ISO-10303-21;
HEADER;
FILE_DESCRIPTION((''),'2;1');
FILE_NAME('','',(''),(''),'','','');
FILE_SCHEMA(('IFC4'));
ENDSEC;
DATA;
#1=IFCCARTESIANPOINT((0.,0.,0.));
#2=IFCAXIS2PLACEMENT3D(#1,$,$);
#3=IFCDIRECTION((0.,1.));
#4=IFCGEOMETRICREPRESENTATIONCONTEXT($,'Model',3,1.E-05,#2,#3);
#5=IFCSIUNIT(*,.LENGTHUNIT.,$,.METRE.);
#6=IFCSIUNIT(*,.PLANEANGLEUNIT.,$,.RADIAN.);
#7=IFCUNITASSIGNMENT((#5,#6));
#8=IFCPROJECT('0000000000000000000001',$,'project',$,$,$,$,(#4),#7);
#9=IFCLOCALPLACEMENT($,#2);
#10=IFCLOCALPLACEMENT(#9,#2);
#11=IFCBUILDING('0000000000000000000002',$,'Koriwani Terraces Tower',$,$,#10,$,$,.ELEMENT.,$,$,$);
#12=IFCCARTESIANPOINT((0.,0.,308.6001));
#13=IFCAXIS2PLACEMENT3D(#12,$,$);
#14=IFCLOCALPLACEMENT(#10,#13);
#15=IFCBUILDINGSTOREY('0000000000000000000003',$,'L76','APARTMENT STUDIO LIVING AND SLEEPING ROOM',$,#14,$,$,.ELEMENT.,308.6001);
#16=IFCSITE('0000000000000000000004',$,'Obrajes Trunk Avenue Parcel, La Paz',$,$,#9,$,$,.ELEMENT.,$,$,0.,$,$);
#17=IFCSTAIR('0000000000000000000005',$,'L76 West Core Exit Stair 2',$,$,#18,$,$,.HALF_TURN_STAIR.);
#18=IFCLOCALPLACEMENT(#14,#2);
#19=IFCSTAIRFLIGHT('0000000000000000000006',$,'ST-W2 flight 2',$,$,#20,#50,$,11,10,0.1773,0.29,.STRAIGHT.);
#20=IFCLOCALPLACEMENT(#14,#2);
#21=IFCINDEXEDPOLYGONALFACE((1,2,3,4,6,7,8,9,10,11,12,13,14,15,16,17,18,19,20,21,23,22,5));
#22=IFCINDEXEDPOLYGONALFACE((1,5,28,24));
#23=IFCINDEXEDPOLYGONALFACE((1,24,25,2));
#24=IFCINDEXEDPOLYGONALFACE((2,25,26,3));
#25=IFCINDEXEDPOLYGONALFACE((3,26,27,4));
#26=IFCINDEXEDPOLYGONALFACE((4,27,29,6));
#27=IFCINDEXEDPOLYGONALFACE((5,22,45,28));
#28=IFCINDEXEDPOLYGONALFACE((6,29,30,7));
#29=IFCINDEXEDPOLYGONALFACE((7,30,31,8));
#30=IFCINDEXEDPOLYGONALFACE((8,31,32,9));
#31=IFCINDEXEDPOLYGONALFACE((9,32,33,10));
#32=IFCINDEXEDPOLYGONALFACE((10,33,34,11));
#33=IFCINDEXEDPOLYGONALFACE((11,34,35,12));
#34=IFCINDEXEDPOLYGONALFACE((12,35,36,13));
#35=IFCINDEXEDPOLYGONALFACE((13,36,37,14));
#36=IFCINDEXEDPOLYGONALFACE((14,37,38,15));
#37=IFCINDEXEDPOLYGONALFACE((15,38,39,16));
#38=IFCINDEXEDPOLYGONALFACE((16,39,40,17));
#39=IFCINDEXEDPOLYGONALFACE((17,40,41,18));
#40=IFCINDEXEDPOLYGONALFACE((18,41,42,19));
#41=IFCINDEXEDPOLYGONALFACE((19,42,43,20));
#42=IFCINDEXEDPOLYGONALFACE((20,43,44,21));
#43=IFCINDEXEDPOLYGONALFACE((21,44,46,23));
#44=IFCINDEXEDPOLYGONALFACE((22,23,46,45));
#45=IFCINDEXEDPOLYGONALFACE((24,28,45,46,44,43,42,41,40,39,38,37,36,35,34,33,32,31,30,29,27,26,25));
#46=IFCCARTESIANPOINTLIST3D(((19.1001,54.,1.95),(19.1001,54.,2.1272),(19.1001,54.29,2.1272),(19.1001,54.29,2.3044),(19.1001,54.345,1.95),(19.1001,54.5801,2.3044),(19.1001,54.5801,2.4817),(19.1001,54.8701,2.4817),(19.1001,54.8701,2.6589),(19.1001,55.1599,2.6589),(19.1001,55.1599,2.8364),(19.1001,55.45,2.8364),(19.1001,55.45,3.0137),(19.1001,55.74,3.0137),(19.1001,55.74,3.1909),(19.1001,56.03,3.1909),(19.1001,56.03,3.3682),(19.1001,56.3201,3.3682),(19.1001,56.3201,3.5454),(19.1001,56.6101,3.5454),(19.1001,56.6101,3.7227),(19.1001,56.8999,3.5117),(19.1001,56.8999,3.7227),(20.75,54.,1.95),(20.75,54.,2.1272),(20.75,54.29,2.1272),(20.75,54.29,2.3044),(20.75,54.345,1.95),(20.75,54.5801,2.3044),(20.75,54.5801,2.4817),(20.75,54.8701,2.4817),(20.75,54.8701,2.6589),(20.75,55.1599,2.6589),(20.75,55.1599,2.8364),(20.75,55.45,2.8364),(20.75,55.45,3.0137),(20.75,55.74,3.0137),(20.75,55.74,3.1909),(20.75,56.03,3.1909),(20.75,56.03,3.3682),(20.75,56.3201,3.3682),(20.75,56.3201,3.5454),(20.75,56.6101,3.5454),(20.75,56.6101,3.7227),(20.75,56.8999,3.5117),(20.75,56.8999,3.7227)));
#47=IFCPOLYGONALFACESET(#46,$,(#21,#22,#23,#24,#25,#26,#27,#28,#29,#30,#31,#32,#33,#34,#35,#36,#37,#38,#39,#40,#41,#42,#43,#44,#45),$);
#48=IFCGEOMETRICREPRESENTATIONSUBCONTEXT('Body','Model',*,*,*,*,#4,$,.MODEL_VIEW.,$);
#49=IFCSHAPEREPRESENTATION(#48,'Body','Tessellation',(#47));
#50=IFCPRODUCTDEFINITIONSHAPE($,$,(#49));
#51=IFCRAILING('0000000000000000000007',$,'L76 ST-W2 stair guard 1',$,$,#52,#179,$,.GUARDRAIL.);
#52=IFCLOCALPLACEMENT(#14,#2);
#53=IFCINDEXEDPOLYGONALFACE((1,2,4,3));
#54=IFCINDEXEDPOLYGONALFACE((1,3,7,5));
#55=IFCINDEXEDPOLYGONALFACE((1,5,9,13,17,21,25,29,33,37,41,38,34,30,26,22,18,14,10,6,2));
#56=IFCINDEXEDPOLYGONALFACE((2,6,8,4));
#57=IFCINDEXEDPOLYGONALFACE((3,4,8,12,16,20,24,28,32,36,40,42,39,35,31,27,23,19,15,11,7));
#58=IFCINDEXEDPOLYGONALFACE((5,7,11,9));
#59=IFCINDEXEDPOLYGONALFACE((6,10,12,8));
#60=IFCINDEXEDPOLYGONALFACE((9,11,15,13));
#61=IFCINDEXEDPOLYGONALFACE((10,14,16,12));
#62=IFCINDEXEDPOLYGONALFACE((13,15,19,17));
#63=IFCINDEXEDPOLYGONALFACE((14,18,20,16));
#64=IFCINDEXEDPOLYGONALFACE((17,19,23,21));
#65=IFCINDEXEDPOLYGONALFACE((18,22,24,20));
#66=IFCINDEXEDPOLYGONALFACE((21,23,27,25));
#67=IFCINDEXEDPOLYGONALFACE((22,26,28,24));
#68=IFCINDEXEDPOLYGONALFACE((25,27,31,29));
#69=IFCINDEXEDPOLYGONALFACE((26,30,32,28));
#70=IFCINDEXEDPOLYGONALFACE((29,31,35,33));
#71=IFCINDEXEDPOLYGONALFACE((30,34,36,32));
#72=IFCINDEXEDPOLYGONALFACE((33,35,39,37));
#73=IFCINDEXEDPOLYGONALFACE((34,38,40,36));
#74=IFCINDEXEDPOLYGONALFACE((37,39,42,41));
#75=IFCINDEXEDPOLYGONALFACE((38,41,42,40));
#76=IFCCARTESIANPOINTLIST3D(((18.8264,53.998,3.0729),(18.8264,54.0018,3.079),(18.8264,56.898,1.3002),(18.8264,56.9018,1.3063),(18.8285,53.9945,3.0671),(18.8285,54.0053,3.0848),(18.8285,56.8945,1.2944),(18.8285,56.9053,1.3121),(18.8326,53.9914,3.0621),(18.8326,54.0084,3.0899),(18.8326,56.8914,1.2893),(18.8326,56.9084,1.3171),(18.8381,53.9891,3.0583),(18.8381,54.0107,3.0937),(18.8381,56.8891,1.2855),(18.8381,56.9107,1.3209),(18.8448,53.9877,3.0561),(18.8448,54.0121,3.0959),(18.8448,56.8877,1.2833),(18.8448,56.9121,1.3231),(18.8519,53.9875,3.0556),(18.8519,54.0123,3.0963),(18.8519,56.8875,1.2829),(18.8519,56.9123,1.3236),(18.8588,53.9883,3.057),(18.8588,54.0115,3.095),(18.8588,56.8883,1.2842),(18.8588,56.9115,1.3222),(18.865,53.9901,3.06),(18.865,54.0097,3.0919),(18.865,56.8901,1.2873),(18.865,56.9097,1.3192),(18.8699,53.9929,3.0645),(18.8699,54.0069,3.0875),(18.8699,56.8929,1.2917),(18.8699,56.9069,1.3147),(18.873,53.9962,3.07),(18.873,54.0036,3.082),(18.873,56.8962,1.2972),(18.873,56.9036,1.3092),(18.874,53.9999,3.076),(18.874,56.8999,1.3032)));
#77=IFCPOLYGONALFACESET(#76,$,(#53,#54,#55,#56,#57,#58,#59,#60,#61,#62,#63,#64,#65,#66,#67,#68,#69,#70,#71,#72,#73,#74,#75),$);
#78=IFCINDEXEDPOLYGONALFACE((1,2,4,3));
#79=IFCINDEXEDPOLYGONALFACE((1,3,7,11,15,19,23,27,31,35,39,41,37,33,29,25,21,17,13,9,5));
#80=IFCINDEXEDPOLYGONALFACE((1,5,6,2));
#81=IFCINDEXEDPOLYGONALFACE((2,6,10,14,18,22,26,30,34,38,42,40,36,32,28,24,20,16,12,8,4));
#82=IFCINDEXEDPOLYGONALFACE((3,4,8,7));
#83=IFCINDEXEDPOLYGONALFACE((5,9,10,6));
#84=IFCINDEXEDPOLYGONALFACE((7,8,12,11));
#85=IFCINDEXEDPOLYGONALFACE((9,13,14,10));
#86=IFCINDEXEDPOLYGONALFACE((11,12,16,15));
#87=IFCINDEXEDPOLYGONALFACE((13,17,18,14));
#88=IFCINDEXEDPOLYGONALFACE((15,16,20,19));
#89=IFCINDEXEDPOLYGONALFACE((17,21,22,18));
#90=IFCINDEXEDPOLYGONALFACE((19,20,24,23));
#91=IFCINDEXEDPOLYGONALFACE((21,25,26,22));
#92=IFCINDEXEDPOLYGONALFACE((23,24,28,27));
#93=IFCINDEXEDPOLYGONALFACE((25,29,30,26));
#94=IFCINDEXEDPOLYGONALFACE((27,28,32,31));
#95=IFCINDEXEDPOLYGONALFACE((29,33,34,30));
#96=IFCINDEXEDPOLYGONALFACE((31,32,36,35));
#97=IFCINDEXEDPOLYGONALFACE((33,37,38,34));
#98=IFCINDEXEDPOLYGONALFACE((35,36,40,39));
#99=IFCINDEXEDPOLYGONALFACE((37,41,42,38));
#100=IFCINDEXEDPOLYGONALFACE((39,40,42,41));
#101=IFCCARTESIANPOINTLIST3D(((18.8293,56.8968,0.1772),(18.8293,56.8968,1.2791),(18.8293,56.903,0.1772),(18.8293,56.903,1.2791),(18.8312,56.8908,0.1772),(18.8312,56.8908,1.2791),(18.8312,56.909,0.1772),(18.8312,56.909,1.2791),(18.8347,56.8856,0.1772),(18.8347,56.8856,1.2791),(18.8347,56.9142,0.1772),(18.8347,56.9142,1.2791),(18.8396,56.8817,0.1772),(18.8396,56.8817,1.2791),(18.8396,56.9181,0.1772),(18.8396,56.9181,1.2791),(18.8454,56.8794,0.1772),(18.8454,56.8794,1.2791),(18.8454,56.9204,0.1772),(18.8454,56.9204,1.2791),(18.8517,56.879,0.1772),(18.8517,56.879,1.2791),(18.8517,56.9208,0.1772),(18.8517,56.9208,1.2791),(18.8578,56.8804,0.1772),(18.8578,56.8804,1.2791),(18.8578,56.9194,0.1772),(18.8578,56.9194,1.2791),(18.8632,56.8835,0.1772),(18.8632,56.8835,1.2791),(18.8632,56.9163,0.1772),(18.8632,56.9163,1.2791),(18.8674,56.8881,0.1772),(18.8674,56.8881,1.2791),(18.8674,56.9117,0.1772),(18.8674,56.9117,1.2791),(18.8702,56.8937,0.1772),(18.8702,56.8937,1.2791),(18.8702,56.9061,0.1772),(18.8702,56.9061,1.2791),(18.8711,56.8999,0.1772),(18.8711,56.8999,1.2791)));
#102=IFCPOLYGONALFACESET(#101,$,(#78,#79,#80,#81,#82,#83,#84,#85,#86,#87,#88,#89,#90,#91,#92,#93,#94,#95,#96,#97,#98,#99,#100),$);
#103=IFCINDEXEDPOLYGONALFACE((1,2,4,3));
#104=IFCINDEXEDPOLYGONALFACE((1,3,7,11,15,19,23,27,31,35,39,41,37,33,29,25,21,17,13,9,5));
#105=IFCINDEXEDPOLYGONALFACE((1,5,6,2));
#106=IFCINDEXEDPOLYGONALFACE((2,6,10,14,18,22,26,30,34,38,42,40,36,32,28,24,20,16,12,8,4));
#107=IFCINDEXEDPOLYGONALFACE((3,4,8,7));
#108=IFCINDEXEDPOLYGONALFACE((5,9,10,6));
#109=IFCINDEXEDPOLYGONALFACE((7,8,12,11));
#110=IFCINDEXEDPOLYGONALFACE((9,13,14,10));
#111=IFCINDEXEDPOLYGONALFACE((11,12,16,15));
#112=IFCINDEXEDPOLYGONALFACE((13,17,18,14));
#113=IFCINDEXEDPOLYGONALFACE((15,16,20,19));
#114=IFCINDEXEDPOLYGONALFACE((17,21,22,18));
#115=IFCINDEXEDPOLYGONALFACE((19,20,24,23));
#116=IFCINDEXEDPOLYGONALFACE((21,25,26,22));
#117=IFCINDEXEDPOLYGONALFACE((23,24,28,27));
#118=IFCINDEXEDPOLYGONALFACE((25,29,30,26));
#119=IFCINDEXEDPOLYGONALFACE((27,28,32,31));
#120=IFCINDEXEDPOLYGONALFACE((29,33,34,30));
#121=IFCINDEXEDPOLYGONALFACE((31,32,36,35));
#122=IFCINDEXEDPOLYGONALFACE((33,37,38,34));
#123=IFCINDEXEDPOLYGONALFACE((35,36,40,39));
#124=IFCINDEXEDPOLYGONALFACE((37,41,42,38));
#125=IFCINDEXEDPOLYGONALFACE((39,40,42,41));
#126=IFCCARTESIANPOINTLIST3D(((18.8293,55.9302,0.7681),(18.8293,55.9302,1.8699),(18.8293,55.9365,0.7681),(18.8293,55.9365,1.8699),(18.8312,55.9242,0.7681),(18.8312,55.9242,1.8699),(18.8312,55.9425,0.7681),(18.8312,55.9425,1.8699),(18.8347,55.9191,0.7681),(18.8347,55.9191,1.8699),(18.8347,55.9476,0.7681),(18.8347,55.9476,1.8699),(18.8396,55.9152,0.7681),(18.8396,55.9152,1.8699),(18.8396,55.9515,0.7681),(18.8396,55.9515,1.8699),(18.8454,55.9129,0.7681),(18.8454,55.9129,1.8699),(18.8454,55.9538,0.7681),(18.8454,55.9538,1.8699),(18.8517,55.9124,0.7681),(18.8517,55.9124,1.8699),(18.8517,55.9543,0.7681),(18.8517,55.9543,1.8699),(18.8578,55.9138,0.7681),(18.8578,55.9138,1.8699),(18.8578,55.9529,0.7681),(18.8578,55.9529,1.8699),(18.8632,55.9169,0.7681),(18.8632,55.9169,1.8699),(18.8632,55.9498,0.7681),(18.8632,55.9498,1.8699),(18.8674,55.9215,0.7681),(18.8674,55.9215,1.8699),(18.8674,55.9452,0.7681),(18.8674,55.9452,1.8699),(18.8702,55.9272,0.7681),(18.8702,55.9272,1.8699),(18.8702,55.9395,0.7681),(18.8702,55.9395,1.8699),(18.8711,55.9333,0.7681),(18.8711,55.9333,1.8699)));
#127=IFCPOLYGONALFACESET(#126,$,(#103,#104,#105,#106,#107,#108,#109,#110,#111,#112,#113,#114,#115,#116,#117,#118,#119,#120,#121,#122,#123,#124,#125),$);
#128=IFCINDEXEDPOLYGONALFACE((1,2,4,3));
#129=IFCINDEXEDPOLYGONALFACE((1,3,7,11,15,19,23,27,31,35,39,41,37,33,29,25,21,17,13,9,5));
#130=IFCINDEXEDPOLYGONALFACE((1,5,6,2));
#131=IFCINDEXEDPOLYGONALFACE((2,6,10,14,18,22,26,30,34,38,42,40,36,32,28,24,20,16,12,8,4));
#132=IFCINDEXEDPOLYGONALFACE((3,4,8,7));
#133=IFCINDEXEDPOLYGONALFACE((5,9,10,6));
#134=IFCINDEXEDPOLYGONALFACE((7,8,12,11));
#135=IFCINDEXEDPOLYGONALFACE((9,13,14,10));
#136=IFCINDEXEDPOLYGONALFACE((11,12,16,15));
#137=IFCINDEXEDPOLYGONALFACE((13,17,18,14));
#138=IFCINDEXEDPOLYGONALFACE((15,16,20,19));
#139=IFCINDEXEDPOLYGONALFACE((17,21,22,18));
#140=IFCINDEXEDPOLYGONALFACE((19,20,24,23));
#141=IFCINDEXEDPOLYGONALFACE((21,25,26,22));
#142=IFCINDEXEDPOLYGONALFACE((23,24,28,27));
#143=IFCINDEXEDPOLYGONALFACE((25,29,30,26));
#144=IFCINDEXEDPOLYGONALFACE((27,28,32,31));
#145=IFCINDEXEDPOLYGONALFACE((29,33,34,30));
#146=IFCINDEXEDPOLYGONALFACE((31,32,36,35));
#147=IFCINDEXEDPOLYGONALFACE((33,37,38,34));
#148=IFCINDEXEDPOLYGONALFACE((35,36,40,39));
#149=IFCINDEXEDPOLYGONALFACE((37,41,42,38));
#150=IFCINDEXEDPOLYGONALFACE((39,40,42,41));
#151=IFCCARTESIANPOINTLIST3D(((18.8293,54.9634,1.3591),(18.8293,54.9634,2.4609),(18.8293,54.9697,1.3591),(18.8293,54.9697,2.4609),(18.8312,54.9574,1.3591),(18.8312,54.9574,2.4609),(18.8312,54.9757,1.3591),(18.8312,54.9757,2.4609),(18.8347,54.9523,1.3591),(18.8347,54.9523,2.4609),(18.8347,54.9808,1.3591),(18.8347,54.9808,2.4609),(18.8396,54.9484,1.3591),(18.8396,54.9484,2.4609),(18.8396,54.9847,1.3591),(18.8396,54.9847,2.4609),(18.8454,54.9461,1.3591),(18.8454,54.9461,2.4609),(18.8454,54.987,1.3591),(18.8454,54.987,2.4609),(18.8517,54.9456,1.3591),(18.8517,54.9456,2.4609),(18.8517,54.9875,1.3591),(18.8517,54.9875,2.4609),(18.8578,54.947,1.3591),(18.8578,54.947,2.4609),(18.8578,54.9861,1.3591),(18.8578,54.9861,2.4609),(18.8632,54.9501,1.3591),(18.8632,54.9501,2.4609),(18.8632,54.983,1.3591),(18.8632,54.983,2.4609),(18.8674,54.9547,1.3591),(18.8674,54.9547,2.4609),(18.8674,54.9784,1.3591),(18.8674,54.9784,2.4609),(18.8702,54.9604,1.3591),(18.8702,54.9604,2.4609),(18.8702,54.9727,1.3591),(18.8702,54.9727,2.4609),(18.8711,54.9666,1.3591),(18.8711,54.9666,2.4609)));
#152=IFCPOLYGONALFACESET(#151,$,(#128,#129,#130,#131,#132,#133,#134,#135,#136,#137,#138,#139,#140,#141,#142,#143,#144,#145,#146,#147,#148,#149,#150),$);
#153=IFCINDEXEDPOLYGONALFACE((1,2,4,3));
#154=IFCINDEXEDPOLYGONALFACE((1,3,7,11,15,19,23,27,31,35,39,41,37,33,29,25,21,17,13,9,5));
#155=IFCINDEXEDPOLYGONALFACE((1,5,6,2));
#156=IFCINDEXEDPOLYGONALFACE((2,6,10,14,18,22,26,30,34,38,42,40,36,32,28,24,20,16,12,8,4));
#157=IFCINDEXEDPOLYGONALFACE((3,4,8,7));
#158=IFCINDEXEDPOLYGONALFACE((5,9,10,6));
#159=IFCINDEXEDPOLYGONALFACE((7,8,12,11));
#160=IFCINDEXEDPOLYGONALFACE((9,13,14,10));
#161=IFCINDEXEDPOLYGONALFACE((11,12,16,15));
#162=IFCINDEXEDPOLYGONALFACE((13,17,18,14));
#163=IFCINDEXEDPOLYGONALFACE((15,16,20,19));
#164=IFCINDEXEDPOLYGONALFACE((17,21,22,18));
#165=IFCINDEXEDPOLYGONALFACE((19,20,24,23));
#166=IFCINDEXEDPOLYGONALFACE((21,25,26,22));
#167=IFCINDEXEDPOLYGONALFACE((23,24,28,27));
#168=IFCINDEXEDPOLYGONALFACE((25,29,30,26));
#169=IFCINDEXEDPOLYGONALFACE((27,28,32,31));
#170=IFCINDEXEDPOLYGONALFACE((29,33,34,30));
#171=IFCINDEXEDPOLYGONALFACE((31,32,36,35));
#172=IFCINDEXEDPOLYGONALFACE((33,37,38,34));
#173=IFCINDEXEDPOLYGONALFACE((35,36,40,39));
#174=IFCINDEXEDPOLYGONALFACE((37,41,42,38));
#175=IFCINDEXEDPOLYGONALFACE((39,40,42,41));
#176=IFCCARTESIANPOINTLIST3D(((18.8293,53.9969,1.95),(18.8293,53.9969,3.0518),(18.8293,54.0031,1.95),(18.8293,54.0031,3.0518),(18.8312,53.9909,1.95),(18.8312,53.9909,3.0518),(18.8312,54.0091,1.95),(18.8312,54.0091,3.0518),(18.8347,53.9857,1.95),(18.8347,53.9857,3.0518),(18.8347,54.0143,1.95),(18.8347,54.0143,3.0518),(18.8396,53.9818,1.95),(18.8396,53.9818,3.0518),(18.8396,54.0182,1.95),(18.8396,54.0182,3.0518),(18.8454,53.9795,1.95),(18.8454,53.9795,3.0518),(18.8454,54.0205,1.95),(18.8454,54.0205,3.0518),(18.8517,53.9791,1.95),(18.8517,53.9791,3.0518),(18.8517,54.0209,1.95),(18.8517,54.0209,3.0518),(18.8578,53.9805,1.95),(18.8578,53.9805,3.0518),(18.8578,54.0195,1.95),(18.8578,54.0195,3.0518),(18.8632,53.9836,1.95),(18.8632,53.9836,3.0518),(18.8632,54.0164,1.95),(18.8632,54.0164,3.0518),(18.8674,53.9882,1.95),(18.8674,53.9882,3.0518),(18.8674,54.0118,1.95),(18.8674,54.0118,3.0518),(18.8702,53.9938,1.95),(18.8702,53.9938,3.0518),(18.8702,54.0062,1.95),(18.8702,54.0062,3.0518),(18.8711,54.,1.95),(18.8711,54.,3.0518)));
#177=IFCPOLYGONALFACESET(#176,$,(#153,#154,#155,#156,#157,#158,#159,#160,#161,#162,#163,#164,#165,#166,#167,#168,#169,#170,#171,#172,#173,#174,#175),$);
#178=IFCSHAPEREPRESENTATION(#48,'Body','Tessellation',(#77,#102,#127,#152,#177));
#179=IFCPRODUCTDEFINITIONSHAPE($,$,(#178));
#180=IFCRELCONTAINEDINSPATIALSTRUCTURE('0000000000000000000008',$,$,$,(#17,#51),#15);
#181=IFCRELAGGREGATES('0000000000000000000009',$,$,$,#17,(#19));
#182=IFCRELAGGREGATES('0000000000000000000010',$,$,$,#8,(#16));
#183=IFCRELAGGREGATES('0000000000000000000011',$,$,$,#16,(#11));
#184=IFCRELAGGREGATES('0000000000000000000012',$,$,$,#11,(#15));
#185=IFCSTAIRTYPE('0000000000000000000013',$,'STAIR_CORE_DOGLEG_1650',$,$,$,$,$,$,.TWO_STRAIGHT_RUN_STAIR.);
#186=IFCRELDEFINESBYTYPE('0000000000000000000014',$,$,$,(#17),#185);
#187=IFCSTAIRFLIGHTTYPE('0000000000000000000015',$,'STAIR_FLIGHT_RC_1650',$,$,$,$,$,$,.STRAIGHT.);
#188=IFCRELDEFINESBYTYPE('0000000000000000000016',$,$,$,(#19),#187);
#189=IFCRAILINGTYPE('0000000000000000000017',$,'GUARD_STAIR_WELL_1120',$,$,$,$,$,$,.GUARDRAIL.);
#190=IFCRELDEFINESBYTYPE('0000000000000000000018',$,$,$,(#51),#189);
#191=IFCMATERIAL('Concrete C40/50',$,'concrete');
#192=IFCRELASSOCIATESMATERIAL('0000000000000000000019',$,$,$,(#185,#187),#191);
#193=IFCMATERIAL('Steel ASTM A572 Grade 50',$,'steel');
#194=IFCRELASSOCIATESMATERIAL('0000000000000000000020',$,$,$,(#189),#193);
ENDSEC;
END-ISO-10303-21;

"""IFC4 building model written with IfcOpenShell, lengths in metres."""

from ifc_helpers import new_model, si_unit, direction, frame, origin, origin_2d, place, context, subcontext, project, spatial, polyline, circle, outline, extrude, material, type_object, element, aggregate, save


model = new_model("IFC4")

# Units and contexts
model_context = context("Model", 3, precision=1e-05, world=origin(), true_north=direction((0.0, 1.0)))
body_context = subcontext(model_context, "Body", "Model", "MODEL_VIEW")
ifc_project = project(units=[si_unit("LENGTHUNIT", "METRE"), si_unit("PLANEANGLEUNIT", "RADIAN")], contexts=[model_context])

# Site, building, storey
site_placement = place(None, origin())
site = spatial("IfcSite", under=ifc_project, at=site_placement, Name="Obrajes Trunk Avenue Parcel, La Paz", CompositionType="ELEMENT", RefElevation=0.0)
building_placement = place(site_placement, origin())
building = spatial("IfcBuilding", under=site, at=building_placement, Name="Koriwani Terraces Tower", CompositionType="ELEMENT")
storey_placement = place(building_placement, frame((0.0, 0.0, 308.6001)))
storey = spatial("IfcBuildingStorey", under=building, at=storey_placement, Name="L76", Description="APARTMENT STUDIO LIVING AND SLEEPING ROOM", CompositionType="ELEMENT", Elevation=308.6001)

# Shared definitions
ifc_material_1 = material(Name="Concrete C40/50", Category="concrete")
ifc_material_2 = material(Name="Steel ASTM A572 Grade 50", Category="steel")

# Stair, stair flight
stair_type = type_object("IfcStairType", Name="STAIR_CORE_DOGLEG_1650", PredefinedType="TWO_STRAIGHT_RUN_STAIR", material=ifc_material_1)
stair_placement = place(storey_placement, origin())
stair = element("IfcStair", 1, at=stair_placement, inside=storey, type_object=stair_type, Name="L76 West Core Exit Stair 2", PredefinedType="HALF_TURN_STAIR")
stair_flight_type = type_object("IfcStairFlightType", Name="STAIR_FLIGHT_RC_1650", PredefinedType="STRAIGHT", material=ifc_material_1)
stair_flight_1_placement = place(storey_placement, frame((19.925, 54.0, 1.95), z_axis=(0.0, 0.0, 1.0), x_axis=(0.0, 1.0, 0.0)))
stair_flight_1 = element("IfcStairFlight", 2, at=stair_flight_1_placement, type_object=stair_flight_type, Name="ST-W2 flight 2", NumberOfRisers=11, NumberOfTreads=10, PredefinedType="STRAIGHT", RiserHeight=0.1773, TreadLength=0.29, context=body_context, shape_type="SweptSolid", body=[
    extrude(outline(polyline([(0.0, 0.0), (0.0, 0.1772), (0.29, 0.1772), (0.29, 0.3545), (0.5801, 0.3545), (0.5801, 0.5317), (0.8701, 0.5317), (0.8701, 0.709), (1.1599, 0.709), (1.1599, 0.8865), (1.45, 0.8865), (1.45, 1.0637), (1.74, 1.0637), (1.74, 1.241), (2.03, 1.241), (2.03, 1.4182), (2.3201, 1.4182), (2.3201, 1.5955), (2.6101, 1.5955), (2.6101, 1.7727), (2.8999, 1.7727), (2.8999, 1.95), (2.8999, 1.5618), (0.345, 0.0), (0.0, 0.0)])), frame((0.0, 0.825, 0.0), z_axis=(0.0, -1.0, 0.0), x_axis=(1.0, 0.0, 0.0)), (0.0, 0.0, 1.0), 1.6499),
])
aggregate(stair, [stair_flight_1])

# Railing
railing_type_1 = type_object("IfcRailingType", Name="GUARD_STAIR_WELL_1120", PredefinedType="GUARDRAIL", material=ifc_material_2)
railing_1_placement = place(storey_placement, frame((18.8501, 56.8999, 0.1772)))
element("IfcRailing", 3, at=railing_1_placement, inside=storey, type_object=railing_type_1, Name="L76 ST-W2 stair guard 1", PredefinedType="GUARDRAIL", context=body_context, shape_type="SweptSolid", body=[
    extrude(circle(Radius=0.0239, at=origin_2d()), frame((0.0, 0.0, 1.126), z_axis=(0.0, -0.853211, 0.521566), x_axis=(1.0, 0.0, 0.0)), (0.0, 0.0, 1.0), 3.3989),
    extrude(circle(Radius=0.021, at=origin_2d()), origin(), (0.0, 0.0, 1.0), 1.1018),
    extrude(circle(Radius=0.021, at=origin_2d()), frame((0.0, -0.9666, 0.5908)), (0.0, 0.0, 1.0), 1.1018),
    extrude(circle(Radius=0.021, at=origin_2d()), frame((0.0, -1.9333, 1.1819)), (0.0, 0.0, 1.0), 1.1018),
    extrude(circle(Radius=0.021, at=origin_2d()), frame((0.0, -2.8999, 1.7727)), (0.0, 0.0, 1.0), 1.1018),
])

save(model, "model.ifc")
